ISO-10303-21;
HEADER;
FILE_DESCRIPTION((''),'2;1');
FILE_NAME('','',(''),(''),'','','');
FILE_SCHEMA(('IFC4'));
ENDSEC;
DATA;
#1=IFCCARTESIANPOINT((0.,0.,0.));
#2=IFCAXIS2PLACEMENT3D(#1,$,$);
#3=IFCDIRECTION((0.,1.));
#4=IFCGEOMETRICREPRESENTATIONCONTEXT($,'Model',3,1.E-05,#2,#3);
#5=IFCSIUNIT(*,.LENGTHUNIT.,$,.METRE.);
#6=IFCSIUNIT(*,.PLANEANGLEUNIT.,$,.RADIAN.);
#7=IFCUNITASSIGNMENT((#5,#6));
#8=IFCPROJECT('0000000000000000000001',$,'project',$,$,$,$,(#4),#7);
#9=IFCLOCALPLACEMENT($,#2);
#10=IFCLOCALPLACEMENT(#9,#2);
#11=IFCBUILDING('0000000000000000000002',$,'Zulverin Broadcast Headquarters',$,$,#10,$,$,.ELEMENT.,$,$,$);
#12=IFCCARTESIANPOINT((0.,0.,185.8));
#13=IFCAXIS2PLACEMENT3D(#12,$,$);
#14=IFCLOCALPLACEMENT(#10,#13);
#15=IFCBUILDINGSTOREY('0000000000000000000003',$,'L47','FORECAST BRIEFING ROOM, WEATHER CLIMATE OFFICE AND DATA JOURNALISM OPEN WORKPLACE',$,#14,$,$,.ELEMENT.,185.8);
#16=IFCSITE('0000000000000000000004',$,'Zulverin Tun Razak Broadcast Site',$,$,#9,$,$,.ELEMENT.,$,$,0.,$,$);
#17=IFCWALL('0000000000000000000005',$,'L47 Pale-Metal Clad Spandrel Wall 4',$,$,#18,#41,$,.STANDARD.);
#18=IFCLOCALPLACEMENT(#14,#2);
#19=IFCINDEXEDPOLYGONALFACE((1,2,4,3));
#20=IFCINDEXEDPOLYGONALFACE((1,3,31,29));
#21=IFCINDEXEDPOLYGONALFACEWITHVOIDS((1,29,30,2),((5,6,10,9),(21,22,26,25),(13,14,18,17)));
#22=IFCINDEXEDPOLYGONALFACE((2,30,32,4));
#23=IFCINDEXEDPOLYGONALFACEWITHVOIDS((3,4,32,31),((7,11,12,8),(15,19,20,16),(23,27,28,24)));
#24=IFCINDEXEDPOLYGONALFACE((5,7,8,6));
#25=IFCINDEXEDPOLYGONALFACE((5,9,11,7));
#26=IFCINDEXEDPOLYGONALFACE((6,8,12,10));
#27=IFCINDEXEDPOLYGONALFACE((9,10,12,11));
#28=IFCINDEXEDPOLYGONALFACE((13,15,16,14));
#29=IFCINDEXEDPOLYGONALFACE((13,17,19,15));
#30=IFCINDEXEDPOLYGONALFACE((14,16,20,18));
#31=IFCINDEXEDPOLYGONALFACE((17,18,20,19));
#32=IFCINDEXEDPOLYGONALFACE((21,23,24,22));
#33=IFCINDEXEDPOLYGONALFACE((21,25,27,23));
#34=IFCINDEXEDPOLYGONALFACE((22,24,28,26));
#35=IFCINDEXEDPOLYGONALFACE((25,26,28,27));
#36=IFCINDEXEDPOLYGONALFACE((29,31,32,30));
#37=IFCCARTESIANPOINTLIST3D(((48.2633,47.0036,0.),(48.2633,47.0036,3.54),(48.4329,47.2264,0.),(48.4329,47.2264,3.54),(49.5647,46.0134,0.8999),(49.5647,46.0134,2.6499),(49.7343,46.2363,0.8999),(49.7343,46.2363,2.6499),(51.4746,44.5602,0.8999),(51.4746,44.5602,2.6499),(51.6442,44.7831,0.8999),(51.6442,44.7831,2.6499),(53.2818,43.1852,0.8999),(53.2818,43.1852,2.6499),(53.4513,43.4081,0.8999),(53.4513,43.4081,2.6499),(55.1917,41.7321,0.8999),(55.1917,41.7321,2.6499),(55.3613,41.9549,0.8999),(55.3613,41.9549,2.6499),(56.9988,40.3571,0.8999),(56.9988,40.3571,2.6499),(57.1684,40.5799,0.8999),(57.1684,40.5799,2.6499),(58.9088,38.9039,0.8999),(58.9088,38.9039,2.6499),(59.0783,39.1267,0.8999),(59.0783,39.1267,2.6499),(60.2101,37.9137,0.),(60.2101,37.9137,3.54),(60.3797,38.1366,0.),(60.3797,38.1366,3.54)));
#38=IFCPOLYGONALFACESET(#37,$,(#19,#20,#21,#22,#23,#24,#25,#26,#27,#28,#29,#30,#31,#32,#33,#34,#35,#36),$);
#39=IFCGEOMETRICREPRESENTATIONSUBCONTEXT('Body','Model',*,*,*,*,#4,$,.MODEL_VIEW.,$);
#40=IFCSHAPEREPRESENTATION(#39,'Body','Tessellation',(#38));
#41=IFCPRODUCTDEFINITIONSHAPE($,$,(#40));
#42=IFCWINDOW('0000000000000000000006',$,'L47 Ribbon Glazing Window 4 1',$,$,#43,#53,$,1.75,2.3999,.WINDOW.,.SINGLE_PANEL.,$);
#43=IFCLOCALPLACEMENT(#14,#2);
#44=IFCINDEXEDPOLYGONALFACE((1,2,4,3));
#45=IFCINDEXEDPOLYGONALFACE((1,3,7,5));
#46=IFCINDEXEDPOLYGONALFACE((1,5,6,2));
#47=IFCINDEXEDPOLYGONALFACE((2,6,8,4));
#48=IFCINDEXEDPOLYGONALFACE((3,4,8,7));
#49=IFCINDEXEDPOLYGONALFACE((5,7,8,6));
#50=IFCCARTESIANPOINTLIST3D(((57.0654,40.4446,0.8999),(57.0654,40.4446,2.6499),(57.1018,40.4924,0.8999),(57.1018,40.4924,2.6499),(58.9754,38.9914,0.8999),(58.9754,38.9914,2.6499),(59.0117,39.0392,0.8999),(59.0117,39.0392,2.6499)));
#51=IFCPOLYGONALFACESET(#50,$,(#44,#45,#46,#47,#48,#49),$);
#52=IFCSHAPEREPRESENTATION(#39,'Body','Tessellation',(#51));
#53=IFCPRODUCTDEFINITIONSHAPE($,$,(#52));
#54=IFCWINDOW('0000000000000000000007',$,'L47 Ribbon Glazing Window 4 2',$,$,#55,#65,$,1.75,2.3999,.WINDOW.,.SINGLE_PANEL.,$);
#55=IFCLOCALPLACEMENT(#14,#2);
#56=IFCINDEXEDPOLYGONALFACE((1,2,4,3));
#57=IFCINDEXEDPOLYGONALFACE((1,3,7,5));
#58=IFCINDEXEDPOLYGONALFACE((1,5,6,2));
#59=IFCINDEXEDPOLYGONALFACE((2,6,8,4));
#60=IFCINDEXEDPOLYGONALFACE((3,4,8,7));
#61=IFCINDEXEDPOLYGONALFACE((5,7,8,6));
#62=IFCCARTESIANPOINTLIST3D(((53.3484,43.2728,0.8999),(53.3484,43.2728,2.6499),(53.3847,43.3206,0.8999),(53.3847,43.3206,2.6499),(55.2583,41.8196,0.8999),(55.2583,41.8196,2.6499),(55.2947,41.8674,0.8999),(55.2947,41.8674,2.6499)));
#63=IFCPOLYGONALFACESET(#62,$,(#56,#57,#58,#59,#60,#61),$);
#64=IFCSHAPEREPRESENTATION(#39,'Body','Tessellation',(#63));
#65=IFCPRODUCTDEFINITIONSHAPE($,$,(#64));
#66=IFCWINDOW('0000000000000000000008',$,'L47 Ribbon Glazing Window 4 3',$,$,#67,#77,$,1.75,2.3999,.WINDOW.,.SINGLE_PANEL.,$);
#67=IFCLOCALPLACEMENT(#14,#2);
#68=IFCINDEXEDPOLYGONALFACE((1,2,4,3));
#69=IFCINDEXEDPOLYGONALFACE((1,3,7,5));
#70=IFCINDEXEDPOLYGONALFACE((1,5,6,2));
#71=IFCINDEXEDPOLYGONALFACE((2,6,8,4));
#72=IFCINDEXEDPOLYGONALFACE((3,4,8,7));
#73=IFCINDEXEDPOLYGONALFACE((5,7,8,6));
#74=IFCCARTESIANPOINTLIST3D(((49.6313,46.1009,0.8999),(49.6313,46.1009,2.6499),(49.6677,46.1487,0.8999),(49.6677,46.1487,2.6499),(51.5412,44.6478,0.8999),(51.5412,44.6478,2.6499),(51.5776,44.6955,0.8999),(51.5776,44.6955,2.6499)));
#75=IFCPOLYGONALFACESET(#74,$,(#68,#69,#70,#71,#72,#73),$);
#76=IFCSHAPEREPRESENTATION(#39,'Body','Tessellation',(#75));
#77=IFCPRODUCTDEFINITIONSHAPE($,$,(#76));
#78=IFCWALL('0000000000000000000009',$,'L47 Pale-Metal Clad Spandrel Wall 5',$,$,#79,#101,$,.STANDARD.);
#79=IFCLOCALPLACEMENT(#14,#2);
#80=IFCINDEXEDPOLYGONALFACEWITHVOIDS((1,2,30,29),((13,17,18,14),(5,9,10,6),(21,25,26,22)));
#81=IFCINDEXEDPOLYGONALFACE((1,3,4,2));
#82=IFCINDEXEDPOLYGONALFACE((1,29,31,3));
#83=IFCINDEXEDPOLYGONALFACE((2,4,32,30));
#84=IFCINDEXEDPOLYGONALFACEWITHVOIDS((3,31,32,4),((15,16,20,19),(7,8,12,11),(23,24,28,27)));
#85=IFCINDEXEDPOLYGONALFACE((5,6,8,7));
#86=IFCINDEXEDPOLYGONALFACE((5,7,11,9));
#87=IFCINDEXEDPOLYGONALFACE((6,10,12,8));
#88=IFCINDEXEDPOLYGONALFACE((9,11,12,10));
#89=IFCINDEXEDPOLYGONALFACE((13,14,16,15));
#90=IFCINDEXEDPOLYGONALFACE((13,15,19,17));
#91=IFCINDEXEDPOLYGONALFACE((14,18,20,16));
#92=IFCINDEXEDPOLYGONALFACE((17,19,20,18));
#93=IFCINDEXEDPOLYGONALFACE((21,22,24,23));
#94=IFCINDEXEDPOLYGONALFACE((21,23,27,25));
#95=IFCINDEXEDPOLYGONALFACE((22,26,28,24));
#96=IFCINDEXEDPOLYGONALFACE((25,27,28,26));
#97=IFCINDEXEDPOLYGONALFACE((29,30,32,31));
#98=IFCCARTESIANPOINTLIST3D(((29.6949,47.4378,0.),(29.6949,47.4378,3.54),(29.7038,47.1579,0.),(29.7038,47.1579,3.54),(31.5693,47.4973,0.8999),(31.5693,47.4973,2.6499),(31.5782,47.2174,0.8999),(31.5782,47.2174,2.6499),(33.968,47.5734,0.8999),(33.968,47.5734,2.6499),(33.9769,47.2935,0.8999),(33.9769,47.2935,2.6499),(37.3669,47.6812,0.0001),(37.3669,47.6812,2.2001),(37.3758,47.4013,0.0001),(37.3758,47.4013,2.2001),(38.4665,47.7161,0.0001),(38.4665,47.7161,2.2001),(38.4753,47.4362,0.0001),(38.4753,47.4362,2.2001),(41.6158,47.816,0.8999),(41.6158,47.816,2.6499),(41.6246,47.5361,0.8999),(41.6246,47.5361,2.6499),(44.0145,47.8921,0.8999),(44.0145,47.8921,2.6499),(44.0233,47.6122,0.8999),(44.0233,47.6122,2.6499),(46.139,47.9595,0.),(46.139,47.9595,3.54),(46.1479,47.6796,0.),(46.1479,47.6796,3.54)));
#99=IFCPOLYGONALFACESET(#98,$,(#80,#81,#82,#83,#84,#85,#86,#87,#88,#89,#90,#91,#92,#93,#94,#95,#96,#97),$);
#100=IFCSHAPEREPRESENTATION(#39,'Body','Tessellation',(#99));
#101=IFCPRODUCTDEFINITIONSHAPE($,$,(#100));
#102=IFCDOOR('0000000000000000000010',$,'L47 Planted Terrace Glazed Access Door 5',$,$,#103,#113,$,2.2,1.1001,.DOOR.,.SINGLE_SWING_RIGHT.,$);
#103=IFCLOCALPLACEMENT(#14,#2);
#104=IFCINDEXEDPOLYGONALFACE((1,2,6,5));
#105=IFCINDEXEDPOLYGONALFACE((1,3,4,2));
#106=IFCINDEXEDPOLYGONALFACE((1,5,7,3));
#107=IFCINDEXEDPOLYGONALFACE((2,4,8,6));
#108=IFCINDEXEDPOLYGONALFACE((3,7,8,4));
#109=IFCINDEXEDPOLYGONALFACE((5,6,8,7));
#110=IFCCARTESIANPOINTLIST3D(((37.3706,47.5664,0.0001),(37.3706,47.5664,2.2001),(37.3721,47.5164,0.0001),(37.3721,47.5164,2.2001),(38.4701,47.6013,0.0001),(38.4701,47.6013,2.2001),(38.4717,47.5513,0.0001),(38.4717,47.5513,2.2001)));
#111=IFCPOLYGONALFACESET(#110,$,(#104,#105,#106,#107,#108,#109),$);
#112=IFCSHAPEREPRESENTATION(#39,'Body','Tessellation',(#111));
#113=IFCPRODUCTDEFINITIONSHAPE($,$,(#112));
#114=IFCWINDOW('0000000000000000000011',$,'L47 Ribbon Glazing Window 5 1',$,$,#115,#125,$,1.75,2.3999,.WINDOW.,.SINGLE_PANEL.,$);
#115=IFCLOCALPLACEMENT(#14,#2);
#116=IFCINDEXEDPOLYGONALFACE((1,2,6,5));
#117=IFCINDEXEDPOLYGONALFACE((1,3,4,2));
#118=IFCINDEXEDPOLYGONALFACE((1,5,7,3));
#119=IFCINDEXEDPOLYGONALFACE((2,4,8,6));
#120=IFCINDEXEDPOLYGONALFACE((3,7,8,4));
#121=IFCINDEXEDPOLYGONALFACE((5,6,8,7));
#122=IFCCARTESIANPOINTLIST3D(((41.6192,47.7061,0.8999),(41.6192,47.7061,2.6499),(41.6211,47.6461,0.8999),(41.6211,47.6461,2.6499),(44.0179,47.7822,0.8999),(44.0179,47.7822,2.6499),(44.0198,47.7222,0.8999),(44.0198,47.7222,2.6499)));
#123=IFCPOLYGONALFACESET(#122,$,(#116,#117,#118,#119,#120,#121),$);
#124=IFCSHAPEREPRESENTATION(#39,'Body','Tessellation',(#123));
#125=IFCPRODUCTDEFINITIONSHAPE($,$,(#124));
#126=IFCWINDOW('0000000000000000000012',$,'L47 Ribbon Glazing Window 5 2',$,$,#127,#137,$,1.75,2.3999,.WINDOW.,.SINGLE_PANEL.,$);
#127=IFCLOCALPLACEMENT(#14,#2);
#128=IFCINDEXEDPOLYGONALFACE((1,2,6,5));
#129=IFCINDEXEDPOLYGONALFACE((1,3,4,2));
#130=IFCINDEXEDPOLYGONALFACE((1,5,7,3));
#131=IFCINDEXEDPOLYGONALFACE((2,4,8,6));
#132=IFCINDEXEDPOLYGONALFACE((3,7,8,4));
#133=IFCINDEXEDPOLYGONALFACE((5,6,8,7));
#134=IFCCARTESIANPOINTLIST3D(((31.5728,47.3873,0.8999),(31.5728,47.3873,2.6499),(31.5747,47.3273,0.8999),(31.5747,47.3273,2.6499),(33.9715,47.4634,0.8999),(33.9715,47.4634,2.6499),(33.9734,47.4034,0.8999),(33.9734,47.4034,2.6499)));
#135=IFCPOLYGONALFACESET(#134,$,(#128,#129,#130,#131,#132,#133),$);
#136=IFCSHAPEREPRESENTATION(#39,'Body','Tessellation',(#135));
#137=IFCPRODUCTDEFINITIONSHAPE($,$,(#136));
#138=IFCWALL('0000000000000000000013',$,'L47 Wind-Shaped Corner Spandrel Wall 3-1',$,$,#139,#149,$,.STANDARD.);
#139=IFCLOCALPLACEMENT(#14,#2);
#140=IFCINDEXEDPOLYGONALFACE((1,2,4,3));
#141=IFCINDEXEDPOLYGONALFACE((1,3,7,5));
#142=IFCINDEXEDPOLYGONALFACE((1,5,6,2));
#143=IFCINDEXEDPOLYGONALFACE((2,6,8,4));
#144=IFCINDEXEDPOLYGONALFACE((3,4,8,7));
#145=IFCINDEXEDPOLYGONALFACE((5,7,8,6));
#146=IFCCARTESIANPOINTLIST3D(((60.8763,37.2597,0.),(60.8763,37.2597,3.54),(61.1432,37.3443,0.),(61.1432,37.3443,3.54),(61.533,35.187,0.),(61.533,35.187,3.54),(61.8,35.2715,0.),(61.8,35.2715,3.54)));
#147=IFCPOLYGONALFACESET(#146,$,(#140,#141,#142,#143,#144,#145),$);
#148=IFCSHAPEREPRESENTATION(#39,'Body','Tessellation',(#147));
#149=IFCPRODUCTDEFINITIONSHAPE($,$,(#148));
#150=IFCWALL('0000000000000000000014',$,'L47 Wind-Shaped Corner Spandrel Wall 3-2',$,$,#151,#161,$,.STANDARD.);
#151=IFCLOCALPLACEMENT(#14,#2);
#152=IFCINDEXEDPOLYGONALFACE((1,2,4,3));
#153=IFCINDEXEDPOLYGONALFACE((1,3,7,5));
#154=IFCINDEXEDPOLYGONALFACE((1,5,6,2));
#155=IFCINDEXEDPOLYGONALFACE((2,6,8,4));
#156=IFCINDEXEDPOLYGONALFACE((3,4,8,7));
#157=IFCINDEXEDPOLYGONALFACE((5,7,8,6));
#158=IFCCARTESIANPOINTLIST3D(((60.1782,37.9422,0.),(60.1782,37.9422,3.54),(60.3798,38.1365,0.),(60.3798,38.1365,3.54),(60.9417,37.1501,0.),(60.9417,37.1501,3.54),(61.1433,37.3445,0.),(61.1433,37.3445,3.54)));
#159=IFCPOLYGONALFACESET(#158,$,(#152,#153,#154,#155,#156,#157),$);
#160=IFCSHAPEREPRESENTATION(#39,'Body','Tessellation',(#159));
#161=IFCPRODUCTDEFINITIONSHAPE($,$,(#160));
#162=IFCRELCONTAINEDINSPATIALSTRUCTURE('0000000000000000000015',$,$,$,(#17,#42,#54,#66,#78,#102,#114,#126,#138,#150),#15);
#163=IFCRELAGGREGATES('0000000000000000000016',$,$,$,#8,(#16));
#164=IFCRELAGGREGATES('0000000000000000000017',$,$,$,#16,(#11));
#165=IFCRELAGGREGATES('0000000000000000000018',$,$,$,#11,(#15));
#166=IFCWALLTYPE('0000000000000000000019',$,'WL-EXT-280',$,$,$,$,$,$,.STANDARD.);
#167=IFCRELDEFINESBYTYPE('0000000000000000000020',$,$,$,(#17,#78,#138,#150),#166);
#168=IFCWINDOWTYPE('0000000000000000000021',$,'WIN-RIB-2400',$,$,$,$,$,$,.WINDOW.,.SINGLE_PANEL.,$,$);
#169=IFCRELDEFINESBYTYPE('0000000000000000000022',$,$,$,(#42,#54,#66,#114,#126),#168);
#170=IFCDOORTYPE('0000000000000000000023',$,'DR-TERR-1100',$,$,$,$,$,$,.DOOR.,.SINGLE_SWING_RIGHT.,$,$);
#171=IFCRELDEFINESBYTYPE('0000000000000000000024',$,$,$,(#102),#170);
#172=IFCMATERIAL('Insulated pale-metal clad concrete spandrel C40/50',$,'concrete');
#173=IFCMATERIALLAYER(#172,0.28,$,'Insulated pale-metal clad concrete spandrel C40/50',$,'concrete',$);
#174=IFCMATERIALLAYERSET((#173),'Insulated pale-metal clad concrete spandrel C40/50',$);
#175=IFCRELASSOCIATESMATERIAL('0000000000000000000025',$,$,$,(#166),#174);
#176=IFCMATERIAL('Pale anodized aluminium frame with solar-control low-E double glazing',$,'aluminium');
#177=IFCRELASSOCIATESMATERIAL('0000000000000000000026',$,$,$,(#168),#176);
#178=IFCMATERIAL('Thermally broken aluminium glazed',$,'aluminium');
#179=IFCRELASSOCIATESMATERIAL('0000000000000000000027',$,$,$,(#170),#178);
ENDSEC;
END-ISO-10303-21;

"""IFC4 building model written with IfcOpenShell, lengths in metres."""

from ifc_helpers import new_model, si_unit, direction, frame, frame_2d, origin, place, context, subcontext, project, spatial, rectangle, extrude, material, layer, layer_set, type_object, element, fill, save


model = new_model("IFC4")

# Units and contexts
model_context = context("Model", 3, precision=1e-05, world=origin(), true_north=direction((0.0, 1.0)))
body_context = subcontext(model_context, "Body", "Model", "MODEL_VIEW")
ifc_project = project(units=[si_unit("LENGTHUNIT", "METRE"), si_unit("PLANEANGLEUNIT", "RADIAN")], contexts=[model_context])

# Site, building, storey
site_placement = place(None, origin())
site = spatial("IfcSite", under=ifc_project, at=site_placement, Name="Zulverin Tun Razak Broadcast Site", CompositionType="ELEMENT", RefElevation=0.0)
building_placement = place(site_placement, origin())
building = spatial("IfcBuilding", under=site, at=building_placement, Name="Zulverin Broadcast Headquarters", CompositionType="ELEMENT")
storey_placement = place(building_placement, frame((0.0, 0.0, 185.8)))
storey = spatial("IfcBuildingStorey", under=building, at=storey_placement, Name="L47", Description="FORECAST BRIEFING ROOM, WEATHER CLIMATE OFFICE AND DATA JOURNALISM OPEN WORKPLACE", CompositionType="ELEMENT", Elevation=185.8)

# Wall, openings, windows
ifc_material_1 = material(Name="Insulated pale-metal clad concrete spandrel C40/50", Category="concrete")
ifc_layer_1 = layer(ifc_material_1, 0.28, Name="Insulated pale-metal clad concrete spandrel C40/50", Category="concrete")
ifc_layer_set_1 = layer_set([ifc_layer_1], Name="Insulated pale-metal clad concrete spandrel C40/50")
wall_type = type_object("IfcWallType", Name="WL-EXT-280", PredefinedType="STANDARD", material=ifc_layer_set_1)
wall_1_placement = place(storey_placement, frame((60.2949, 38.0251, 0.0), z_axis=(0.0, 0.0, 1.0), x_axis=(-0.795832, 0.605518, 0.0)))
wall_1 = element("IfcWall", 1, at=wall_1_placement, inside=storey, type_object=wall_type, Name="L47 Pale-Metal Clad Spandrel Wall 4", PredefinedType="STANDARD", context=body_context, shape_type="SweptSolid", body=[
    extrude(rectangle(XDim=15.0117, YDim=0.28, at=frame_2d((7.5059, 0.0))), origin(), (0.0, 0.0, 1.0), 3.54),
])
opening_1_placement = place(wall_1_placement, frame((1.6353, 0.0, 0.8999)))
opening_1 = element("IfcOpeningElement", 2, at=opening_1_placement, cuts=wall_1, PredefinedType="OPENING", context=body_context, shape_type="SweptSolid", body=[
    extrude(rectangle(XDim=2.3999, YDim=1.75, at=frame_2d((1.2, 0.875))), frame((0.0, 0.1499, 0.0), z_axis=(0.0, -1.0, 0.0), x_axis=(1.0, 0.0, 0.0)), (0.0, 0.0, 1.0), 0.3),
])
opening_2_placement = place(wall_1_placement, frame((6.3059, 0.0, 0.8999)))
opening_2 = element("IfcOpeningElement", 3, at=opening_2_placement, cuts=wall_1, PredefinedType="OPENING", context=body_context, shape_type="SweptSolid", body=[
    extrude(rectangle(XDim=2.3999, YDim=1.75, at=frame_2d((1.2, 0.875))), frame((0.0, 0.1499, 0.0), z_axis=(0.0, -1.0, 0.0), x_axis=(1.0, 0.0, 0.0)), (0.0, 0.0, 1.0), 0.3),
])
opening_3_placement = place(wall_1_placement, frame((10.9766, 0.0, 0.8999)))
opening_3 = element("IfcOpeningElement", 4, at=opening_3_placement, cuts=wall_1, PredefinedType="OPENING", context=body_context, shape_type="SweptSolid", body=[
    extrude(rectangle(XDim=2.3999, YDim=1.75, at=frame_2d((1.2, 0.875))), frame((0.0, 0.1499, 0.0), z_axis=(0.0, -1.0, 0.0), x_axis=(1.0, 0.0, 0.0)), (0.0, 0.0, 1.0), 0.3),
])
ifc_material_2 = material(Name="Pale anodized aluminium frame with solar-control low-E double glazing", Category="aluminium")
window_type = type_object("IfcWindowType", Name="WIN-RIB-2400", PartitioningType="SINGLE_PANEL", PredefinedType="WINDOW", material=ifc_material_2)
window_1_placement = place(opening_1_placement, origin())
window_1 = element("IfcWindow", 5, at=window_1_placement, inside=storey, type_object=window_type, Name="L47 Ribbon Glazing Window 4 1", OverallHeight=1.75, OverallWidth=2.3999, PartitioningType="SINGLE_PANEL", PredefinedType="WINDOW", context=body_context, shape_type="SweptSolid", body=[
    extrude(rectangle(XDim=2.3999, YDim=1.75, at=frame_2d((1.2, 0.875))), frame((0.0, 0.03, 0.0), z_axis=(0.0, -1.0, 0.0), x_axis=(1.0, 0.0, 0.0)), (0.0, 0.0, 1.0), 0.0601),
])
fill(opening_1, window_1)
window_2_placement = place(opening_2_placement, origin())
window_2 = element("IfcWindow", 6, at=window_2_placement, inside=storey, type_object=window_type, Name="L47 Ribbon Glazing Window 4 2", OverallHeight=1.75, OverallWidth=2.3999, PartitioningType="SINGLE_PANEL", PredefinedType="WINDOW", context=body_context, shape_type="SweptSolid", body=[
    extrude(rectangle(XDim=2.3999, YDim=1.75, at=frame_2d((1.2, 0.875))), frame((0.0, 0.03, 0.0), z_axis=(0.0, -1.0, 0.0), x_axis=(1.0, 0.0, 0.0)), (0.0, 0.0, 1.0), 0.0601),
])
fill(opening_2, window_2)
window_3_placement = place(opening_3_placement, origin())
window_3 = element("IfcWindow", 7, at=window_3_placement, inside=storey, type_object=window_type, Name="L47 Ribbon Glazing Window 4 3", OverallHeight=1.75, OverallWidth=2.3999, PartitioningType="SINGLE_PANEL", PredefinedType="WINDOW", context=body_context, shape_type="SweptSolid", body=[
    extrude(rectangle(XDim=2.3999, YDim=1.75, at=frame_2d((1.2, 0.875))), frame((0.0, 0.03, 0.0), z_axis=(0.0, -1.0, 0.0), x_axis=(1.0, 0.0, 0.0)), (0.0, 0.0, 1.0), 0.0601),
])
fill(opening_3, window_3)

# Wall, openings, door, windows
wall_2_placement = place(storey_placement, frame((46.1433, 47.8196, 0.0), z_axis=(0.0, 0.0, 1.0), x_axis=(-0.999497, -0.031711, 0.0)))
wall_2 = element("IfcWall", 8, at=wall_2_placement, inside=storey, type_object=wall_type, Name="L47 Pale-Metal Clad Spandrel Wall 5", PredefinedType="STANDARD", context=body_context, shape_type="SweptSolid", body=[
    extrude(rectangle(XDim=16.4524, YDim=0.28, at=frame_2d((8.2261, 0.0))), origin(), (0.0, 0.0, 1.0), 3.54),
])
opening_4_placement = place(wall_2_placement, frame((7.6763, 0.0, 0.0)))
opening_4 = element("IfcOpeningElement", 9, at=opening_4_placement, cuts=wall_2, PredefinedType="OPENING", context=body_context, shape_type="SweptSolid", body=[
    extrude(rectangle(XDim=1.1001, YDim=2.2, at=frame_2d((0.55, 1.1001))), frame((0.0, 0.1499, 0.0), z_axis=(0.0, -1.0, 0.0), x_axis=(1.0, 0.0, 0.0)), (0.0, 0.0, 1.0), 0.3),
])
opening_5_placement = place(wall_2_placement, frame((2.1255, 0.0, 0.8999)))
opening_5 = element("IfcOpeningElement", 10, at=opening_5_placement, cuts=wall_2, PredefinedType="OPENING", context=body_context, shape_type="SweptSolid", body=[
    extrude(rectangle(XDim=2.3999, YDim=1.75, at=frame_2d((1.2, 0.875))), frame((0.0, 0.1499, 0.0), z_axis=(0.0, -1.0, 0.0), x_axis=(1.0, 0.0, 0.0)), (0.0, 0.0, 1.0), 0.3),
])
opening_6_placement = place(wall_2_placement, frame((12.177, 0.0, 0.8999)))
opening_6 = element("IfcOpeningElement", 11, at=opening_6_placement, cuts=wall_2, PredefinedType="OPENING", context=body_context, shape_type="SweptSolid", body=[
    extrude(rectangle(XDim=2.3999, YDim=1.75, at=frame_2d((1.2, 0.875))), frame((0.0, 0.1499, 0.0), z_axis=(0.0, -1.0, 0.0), x_axis=(1.0, 0.0, 0.0)), (0.0, 0.0, 1.0), 0.3),
])
ifc_material_3 = material(Name="Thermally broken aluminium glazed", Category="aluminium")
door_type = type_object("IfcDoorType", Name="DR-TERR-1100", OperationType="SINGLE_SWING_RIGHT", PredefinedType="DOOR", material=ifc_material_3)
door_placement = place(opening_4_placement, origin())
door = element("IfcDoor", 12, at=door_placement, inside=storey, type_object=door_type, Name="L47 Planted Terrace Glazed Access Door 5", OperationType="SINGLE_SWING_RIGHT", OverallHeight=2.2, OverallWidth=1.1001, PredefinedType="DOOR", context=body_context, shape_type="SweptSolid", body=[
    extrude(rectangle(XDim=1.1001, YDim=2.2, at=frame_2d((0.55, 1.1001))), frame((0.0, 0.0249, 0.0), z_axis=(0.0, -1.0, 0.0), x_axis=(1.0, 0.0, 0.0)), (0.0, 0.0, 1.0), 0.05),
])
fill(opening_4, door)
window_4_placement = place(opening_5_placement, origin())
window_4 = element("IfcWindow", 13, at=window_4_placement, inside=storey, type_object=window_type, Name="L47 Ribbon Glazing Window 5 1", OverallHeight=1.75, OverallWidth=2.3999, PartitioningType="SINGLE_PANEL", PredefinedType="WINDOW", context=body_context, shape_type="SweptSolid", body=[
    extrude(rectangle(XDim=2.3999, YDim=1.75, at=frame_2d((1.2, 0.875))), frame((0.0, 0.03, 0.0), z_axis=(0.0, -1.0, 0.0), x_axis=(1.0, 0.0, 0.0)), (0.0, 0.0, 1.0), 0.0601),
])
fill(opening_5, window_4)
window_5_placement = place(opening_6_placement, origin())
window_5 = element("IfcWindow", 14, at=window_5_placement, inside=storey, type_object=window_type, Name="L47 Ribbon Glazing Window 5 2", OverallHeight=1.75, OverallWidth=2.3999, PartitioningType="SINGLE_PANEL", PredefinedType="WINDOW", context=body_context, shape_type="SweptSolid", body=[
    extrude(rectangle(XDim=2.3999, YDim=1.75, at=frame_2d((1.2, 0.875))), frame((0.0, 0.03, 0.0), z_axis=(0.0, -1.0, 0.0), x_axis=(1.0, 0.0, 0.0)), (0.0, 0.0, 1.0), 0.0601),
])
fill(opening_6, window_5)

# Walls
wall_3_placement = place(storey_placement, frame((61.6665, 35.2292, 0.0), z_axis=(0.0, 0.0, 1.0), x_axis=(-0.302045, 0.953294, 0.0)))
element("IfcWall", 15, at=wall_3_placement, inside=storey, type_object=wall_type, Name="L47 Wind-Shaped Corner Spandrel Wall 3-1", PredefinedType="STANDARD", context=body_context, shape_type="SweptSolid", body=[
    extrude(rectangle(XDim=2.1743, YDim=0.28, at=frame_2d((1.0872, 0.0))), origin(), (0.0, 0.0, 1.0), 3.54),
])
wall_4_placement = place(storey_placement, frame((61.0425, 37.2473, 0.0), z_axis=(0.0, 0.0, 1.0), x_axis=(-0.694004, 0.719971, 0.0)))
element("IfcWall", 16, at=wall_4_placement, inside=storey, type_object=wall_type, Name="L47 Wind-Shaped Corner Spandrel Wall 3-2", PredefinedType="STANDARD", context=body_context, shape_type="SweptSolid", body=[
    extrude(rectangle(XDim=1.1001, YDim=0.28, at=frame_2d((0.55, 0.0))), origin(), (0.0, 0.0, 1.0), 3.54),
])

save(model, "model.ifc")
